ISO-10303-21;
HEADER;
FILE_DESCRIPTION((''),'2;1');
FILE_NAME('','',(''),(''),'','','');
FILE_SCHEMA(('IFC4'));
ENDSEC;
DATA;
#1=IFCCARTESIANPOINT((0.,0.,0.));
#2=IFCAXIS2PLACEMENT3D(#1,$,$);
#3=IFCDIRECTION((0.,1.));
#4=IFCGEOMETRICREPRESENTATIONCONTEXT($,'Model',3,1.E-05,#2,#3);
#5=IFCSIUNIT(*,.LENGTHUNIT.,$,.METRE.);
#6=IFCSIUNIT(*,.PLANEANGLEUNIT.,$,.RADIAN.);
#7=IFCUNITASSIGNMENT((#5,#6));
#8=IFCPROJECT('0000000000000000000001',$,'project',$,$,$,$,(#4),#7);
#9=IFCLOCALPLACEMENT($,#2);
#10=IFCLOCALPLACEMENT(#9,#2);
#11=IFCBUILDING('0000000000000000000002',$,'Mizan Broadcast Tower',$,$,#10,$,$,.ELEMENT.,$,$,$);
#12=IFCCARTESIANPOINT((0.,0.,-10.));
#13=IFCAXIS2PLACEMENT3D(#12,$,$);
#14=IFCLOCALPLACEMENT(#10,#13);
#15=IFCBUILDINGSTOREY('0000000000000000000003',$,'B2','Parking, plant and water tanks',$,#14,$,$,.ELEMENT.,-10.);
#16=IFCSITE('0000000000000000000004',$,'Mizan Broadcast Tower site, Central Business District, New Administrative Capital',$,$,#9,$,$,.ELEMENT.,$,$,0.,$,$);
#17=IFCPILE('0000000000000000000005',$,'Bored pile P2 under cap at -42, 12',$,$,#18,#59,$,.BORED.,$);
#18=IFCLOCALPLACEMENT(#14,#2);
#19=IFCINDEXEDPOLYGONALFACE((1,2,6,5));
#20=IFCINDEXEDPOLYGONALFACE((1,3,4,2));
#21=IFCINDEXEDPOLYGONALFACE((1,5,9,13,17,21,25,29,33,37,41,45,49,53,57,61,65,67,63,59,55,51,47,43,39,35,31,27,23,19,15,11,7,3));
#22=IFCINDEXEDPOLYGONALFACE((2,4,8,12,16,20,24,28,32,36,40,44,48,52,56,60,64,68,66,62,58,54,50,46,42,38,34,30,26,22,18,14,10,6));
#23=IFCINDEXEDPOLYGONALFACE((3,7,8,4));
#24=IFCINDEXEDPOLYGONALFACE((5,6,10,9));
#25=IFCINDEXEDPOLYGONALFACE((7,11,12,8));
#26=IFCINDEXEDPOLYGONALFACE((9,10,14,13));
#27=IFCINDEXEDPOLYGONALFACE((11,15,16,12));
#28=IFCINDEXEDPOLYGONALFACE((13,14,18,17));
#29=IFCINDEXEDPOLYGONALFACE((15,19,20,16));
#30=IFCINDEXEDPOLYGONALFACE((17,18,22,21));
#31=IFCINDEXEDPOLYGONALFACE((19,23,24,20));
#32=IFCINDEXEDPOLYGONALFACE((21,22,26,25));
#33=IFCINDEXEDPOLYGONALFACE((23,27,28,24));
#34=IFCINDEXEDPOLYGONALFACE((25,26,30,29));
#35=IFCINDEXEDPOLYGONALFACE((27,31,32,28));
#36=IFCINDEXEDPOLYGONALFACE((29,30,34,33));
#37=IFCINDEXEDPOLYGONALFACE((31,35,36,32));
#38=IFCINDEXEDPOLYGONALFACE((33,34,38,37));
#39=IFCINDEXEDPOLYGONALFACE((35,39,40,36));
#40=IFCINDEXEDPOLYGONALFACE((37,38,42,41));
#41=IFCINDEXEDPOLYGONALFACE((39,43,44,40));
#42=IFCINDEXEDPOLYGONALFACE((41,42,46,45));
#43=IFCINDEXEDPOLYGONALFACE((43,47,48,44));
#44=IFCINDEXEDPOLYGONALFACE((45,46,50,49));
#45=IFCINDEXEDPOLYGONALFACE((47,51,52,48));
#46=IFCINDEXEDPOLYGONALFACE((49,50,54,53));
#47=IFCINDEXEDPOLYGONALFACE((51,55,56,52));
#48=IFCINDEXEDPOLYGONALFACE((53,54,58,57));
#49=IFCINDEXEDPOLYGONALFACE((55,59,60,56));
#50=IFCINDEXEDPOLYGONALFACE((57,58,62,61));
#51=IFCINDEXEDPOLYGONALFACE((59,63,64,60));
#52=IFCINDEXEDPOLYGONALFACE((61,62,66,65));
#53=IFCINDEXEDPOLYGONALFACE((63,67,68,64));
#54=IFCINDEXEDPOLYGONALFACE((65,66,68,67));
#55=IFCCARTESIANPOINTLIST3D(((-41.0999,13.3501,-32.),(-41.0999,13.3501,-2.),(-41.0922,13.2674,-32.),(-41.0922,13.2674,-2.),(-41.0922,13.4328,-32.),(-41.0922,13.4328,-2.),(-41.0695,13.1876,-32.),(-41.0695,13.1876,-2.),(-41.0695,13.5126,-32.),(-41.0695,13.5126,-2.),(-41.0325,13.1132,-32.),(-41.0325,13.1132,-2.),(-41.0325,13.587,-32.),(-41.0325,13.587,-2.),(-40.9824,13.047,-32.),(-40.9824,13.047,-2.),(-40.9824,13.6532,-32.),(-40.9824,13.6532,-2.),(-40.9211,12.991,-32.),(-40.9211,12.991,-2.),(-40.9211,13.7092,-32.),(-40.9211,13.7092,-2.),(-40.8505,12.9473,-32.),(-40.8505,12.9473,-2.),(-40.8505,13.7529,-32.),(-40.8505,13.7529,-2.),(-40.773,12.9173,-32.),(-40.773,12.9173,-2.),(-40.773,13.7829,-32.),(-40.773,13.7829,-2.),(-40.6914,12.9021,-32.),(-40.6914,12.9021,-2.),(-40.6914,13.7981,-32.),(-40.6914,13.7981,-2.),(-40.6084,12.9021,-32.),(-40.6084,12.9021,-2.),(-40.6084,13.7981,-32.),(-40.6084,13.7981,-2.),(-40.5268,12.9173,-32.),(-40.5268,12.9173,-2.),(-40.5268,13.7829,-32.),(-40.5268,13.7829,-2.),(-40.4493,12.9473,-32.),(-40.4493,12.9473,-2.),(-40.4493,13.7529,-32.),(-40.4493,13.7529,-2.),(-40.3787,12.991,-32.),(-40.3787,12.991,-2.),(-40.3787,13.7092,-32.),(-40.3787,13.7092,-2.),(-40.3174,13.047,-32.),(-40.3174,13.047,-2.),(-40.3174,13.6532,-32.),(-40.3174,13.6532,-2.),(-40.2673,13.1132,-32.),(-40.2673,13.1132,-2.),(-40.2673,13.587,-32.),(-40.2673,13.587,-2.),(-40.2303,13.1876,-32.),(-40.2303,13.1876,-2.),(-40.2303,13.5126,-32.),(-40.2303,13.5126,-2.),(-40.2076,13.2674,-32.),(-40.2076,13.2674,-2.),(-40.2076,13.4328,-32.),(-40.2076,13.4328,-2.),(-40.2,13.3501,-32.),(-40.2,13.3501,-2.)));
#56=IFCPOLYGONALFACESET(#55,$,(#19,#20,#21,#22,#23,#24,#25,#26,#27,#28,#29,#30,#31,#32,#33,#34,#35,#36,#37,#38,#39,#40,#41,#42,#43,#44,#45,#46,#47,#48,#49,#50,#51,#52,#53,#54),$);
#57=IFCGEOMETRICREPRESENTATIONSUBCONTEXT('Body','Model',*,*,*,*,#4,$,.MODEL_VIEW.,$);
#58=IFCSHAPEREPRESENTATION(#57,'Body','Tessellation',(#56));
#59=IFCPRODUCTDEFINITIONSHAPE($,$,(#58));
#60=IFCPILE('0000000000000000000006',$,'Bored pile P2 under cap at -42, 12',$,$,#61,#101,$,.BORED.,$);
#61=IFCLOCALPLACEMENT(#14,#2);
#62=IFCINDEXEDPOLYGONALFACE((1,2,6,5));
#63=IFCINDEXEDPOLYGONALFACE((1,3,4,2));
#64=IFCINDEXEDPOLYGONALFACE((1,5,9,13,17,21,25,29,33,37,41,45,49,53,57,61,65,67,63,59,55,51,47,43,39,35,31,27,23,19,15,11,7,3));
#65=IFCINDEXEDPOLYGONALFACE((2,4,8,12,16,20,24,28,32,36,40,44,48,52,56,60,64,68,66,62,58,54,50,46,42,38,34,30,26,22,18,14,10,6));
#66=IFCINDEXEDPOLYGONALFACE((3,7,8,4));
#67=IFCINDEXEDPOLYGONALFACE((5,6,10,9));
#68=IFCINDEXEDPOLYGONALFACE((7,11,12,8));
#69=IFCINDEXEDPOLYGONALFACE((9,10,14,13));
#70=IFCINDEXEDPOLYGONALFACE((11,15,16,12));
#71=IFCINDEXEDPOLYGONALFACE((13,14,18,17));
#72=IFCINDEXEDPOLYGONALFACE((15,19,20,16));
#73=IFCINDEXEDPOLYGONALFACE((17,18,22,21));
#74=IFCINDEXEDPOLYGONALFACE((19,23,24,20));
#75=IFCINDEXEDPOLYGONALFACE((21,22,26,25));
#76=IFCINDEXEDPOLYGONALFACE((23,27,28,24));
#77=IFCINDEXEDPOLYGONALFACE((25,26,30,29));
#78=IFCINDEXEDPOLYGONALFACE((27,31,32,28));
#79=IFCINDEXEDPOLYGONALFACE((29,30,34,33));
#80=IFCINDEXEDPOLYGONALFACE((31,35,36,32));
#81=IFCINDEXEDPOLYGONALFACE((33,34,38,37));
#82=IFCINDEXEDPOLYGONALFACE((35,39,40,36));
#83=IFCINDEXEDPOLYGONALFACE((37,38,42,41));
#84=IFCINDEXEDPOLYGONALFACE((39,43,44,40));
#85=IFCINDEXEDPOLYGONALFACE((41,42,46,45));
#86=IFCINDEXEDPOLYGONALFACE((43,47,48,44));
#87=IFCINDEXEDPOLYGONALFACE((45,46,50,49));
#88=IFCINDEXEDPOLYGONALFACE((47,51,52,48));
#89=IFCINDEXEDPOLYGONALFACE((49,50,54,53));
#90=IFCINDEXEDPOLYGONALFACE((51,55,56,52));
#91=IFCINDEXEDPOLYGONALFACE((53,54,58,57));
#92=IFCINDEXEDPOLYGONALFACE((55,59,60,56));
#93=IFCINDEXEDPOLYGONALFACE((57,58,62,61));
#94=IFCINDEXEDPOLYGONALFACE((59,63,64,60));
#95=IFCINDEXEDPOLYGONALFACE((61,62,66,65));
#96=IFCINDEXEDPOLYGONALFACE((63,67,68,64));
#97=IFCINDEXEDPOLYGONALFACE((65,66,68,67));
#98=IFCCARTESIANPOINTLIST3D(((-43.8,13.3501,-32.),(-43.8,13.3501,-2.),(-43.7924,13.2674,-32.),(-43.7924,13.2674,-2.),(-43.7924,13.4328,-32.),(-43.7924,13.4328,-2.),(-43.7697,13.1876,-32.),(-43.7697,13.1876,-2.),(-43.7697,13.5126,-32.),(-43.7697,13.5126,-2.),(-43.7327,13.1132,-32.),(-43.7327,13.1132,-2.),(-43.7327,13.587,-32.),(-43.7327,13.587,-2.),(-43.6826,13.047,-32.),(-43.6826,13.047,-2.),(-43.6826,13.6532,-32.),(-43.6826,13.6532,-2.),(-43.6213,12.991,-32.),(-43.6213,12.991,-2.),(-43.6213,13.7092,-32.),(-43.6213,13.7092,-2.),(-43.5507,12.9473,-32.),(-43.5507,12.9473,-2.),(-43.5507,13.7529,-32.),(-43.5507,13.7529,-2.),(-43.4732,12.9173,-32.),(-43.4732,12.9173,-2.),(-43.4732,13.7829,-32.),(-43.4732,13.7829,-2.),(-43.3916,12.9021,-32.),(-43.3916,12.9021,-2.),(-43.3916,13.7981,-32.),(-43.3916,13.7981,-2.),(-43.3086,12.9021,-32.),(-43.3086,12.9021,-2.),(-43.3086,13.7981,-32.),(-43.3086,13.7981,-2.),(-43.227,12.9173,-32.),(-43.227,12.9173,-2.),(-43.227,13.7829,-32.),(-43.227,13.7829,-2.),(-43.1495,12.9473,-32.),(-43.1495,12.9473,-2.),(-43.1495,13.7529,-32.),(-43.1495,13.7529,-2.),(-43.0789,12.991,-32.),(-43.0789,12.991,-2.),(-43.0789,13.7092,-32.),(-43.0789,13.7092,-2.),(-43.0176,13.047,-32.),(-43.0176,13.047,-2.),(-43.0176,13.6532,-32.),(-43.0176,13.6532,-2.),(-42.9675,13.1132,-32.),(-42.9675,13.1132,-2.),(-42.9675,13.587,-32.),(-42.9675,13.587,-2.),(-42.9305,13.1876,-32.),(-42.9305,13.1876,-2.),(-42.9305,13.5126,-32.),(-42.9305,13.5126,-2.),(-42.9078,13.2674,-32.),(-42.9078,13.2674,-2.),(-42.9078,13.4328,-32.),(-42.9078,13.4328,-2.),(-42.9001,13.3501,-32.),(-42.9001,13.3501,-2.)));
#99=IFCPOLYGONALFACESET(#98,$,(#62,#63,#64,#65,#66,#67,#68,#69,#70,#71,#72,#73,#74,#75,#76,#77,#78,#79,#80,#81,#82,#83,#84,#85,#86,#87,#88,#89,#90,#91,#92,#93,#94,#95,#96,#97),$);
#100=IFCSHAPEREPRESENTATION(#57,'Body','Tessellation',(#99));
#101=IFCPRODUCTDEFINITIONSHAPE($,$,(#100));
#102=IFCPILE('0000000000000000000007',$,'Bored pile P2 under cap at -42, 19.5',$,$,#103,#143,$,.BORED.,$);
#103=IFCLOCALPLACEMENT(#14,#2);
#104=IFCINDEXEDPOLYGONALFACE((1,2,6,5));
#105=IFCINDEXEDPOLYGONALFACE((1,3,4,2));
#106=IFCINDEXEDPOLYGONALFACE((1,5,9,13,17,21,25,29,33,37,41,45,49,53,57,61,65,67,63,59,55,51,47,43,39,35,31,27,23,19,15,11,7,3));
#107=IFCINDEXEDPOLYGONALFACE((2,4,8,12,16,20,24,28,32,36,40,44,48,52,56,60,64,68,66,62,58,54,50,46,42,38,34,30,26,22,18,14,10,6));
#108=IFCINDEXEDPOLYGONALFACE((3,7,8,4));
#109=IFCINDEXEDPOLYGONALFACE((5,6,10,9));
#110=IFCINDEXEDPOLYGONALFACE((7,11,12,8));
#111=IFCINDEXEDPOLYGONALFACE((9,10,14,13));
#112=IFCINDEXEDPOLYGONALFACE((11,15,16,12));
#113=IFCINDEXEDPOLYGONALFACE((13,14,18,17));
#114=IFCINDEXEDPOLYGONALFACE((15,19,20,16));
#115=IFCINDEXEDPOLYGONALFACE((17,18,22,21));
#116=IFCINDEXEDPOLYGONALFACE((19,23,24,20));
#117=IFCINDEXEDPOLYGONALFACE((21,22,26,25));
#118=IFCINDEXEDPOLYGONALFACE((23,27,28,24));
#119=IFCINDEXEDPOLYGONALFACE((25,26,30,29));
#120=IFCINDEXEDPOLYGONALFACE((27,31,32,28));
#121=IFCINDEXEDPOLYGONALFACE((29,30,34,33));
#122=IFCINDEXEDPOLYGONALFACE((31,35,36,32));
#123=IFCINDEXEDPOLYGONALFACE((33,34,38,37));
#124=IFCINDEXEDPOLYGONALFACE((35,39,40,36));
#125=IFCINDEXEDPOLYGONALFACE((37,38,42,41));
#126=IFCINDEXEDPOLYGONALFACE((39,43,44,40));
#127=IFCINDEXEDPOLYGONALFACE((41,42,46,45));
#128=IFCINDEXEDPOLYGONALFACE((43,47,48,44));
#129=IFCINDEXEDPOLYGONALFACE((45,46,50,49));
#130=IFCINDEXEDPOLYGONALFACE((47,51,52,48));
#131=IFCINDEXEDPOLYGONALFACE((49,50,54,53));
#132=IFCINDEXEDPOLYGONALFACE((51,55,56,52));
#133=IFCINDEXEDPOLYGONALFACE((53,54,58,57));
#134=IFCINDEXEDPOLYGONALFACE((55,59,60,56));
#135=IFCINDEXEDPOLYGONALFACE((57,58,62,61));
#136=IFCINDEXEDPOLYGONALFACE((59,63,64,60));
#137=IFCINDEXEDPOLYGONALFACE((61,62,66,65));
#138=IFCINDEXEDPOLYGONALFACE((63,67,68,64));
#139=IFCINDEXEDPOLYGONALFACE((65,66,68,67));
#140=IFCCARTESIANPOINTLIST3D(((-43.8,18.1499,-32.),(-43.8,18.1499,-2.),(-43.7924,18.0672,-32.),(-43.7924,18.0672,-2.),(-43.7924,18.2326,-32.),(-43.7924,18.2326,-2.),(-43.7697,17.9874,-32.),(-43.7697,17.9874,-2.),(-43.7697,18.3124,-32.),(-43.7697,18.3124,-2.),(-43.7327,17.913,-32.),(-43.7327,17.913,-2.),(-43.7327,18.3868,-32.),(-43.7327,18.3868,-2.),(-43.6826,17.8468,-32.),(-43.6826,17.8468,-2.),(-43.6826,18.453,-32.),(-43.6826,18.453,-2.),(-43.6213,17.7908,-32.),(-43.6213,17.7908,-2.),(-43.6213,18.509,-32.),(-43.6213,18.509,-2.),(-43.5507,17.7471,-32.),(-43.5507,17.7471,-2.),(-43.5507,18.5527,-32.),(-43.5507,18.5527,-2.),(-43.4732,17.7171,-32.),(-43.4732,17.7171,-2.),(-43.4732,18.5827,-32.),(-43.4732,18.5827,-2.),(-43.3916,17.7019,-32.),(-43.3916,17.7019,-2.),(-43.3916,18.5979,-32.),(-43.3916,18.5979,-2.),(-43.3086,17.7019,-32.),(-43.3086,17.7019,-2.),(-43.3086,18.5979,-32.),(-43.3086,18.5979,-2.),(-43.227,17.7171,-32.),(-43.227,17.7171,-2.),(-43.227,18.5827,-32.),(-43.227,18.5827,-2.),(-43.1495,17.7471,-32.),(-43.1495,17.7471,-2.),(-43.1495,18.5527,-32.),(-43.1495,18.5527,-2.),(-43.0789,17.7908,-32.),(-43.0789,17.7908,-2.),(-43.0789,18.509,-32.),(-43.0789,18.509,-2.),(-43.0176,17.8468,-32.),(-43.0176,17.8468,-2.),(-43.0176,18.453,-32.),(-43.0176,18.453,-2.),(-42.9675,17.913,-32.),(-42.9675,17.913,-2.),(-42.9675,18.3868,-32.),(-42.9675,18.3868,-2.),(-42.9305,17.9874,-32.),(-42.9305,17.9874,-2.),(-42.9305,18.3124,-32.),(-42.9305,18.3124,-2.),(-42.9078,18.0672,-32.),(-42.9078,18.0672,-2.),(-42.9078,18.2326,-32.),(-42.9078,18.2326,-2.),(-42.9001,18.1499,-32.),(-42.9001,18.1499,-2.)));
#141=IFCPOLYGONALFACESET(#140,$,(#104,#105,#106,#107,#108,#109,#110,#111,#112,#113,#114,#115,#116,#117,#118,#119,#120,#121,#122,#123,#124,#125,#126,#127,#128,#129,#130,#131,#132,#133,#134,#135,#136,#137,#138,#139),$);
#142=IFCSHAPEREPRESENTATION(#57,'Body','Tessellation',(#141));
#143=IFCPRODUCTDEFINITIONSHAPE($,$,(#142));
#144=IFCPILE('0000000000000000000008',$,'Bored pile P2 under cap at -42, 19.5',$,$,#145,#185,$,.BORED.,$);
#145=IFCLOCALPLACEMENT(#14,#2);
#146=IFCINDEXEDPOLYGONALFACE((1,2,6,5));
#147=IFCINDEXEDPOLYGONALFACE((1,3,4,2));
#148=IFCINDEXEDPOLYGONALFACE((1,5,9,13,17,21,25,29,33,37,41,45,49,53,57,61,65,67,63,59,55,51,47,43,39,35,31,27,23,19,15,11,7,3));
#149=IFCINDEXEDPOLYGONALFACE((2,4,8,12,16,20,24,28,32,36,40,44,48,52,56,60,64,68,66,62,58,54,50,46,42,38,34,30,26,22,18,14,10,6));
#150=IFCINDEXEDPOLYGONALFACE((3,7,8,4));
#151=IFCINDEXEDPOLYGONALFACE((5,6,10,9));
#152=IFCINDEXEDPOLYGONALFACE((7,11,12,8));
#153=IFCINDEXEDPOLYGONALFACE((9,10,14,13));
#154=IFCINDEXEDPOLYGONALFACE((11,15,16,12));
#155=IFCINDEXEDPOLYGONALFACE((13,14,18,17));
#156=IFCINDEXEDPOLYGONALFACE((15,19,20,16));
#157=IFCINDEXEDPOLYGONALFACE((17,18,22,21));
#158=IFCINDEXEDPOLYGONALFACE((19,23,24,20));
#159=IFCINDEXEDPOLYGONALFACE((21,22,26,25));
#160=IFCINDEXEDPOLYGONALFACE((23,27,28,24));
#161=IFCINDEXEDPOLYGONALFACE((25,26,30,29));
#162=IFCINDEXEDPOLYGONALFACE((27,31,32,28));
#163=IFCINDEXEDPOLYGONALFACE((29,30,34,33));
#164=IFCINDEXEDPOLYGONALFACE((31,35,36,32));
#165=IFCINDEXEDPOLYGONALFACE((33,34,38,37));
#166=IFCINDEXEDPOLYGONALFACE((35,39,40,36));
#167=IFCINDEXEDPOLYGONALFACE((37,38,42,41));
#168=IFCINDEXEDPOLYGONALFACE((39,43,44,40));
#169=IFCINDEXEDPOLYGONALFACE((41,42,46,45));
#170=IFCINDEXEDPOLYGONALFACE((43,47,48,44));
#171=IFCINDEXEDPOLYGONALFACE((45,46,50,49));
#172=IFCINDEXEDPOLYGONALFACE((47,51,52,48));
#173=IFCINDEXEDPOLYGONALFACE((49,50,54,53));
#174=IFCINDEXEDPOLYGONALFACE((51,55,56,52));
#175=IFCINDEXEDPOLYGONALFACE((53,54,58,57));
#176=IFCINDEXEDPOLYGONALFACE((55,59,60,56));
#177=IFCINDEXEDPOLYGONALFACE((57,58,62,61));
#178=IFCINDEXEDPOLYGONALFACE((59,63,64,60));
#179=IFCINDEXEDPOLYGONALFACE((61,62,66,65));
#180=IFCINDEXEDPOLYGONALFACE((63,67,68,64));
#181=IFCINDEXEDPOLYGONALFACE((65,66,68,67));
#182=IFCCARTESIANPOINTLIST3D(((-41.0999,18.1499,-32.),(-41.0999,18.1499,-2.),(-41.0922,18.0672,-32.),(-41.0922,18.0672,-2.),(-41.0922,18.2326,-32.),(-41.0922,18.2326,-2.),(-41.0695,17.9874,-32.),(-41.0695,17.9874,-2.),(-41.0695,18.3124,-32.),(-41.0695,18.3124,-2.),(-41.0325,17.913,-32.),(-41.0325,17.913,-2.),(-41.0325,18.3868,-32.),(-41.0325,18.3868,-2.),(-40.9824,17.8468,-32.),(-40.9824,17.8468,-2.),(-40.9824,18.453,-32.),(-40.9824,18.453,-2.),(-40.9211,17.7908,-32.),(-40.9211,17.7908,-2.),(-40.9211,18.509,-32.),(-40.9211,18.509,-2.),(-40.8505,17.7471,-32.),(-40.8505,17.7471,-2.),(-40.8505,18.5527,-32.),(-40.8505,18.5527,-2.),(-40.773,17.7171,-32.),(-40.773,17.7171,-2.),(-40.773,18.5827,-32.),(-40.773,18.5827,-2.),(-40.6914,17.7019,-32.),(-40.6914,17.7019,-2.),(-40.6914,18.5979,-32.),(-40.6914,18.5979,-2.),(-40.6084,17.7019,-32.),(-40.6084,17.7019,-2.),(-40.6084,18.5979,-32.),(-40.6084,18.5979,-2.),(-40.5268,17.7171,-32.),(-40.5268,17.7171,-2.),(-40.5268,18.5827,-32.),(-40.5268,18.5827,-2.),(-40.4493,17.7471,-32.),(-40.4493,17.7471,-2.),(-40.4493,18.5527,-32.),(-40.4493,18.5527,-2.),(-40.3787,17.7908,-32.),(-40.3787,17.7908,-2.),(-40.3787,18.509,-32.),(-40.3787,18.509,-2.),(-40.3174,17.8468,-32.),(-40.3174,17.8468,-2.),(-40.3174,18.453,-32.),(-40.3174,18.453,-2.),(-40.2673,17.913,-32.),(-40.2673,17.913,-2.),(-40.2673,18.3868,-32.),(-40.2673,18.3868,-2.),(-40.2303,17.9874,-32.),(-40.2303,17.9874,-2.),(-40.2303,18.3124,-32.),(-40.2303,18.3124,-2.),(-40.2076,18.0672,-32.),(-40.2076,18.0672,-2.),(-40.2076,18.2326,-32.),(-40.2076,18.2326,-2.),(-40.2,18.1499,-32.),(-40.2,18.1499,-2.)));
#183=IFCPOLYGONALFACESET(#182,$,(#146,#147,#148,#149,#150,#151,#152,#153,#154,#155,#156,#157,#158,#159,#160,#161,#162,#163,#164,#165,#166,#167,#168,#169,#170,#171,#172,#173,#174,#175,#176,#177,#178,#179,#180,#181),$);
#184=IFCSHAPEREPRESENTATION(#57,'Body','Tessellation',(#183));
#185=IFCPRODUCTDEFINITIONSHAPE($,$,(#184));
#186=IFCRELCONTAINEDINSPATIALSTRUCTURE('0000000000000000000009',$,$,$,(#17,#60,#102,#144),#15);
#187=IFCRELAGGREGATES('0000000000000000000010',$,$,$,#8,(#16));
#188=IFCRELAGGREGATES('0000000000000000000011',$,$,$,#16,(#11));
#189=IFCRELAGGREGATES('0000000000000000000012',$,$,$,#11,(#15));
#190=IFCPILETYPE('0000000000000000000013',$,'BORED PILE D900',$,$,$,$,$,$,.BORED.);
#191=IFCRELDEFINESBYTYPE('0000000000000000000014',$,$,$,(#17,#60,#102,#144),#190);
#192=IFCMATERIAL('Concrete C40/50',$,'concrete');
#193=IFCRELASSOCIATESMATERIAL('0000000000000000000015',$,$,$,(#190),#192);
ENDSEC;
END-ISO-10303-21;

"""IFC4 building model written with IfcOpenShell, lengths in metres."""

from ifc_helpers import new_model, si_unit, direction, frame, origin, origin_2d, place, context, subcontext, project, spatial, circle, extrude, material, material_profile, profile_set, type_object, element, save


model = new_model("IFC4")

# Units and contexts
model_context = context("Model", 3, precision=1e-05, world=origin(), true_north=direction((0.0, 1.0)))
body_context = subcontext(model_context, "Body", "Model", "MODEL_VIEW")
ifc_project = project(units=[si_unit("LENGTHUNIT", "METRE"), si_unit("PLANEANGLEUNIT", "RADIAN")], contexts=[model_context])

# Site, building, storey
site_placement = place(None, origin())
site = spatial("IfcSite", under=ifc_project, at=site_placement, Name="Mizan Broadcast Tower site, Central Business District, New Administrative Capital", CompositionType="ELEMENT", RefElevation=0.0)
building_placement = place(site_placement, origin())
building = spatial("IfcBuilding", under=site, at=building_placement, Name="Mizan Broadcast Tower", CompositionType="ELEMENT")
storey_placement = place(building_placement, frame((0.0, 0.0, -10.0)))
storey = spatial("IfcBuildingStorey", under=building, at=storey_placement, Name="B2", Description="Parking, plant and water tanks", CompositionType="ELEMENT", Elevation=-10.0)

# Piles
ifc_material_1 = material(Name="Concrete C40/50", Category="concrete")
ifc_material_profile_1 = material_profile(ifc_material_1, circle(Radius=0.45, at=origin_2d()), Name="D900")
ifc_profile_set_1 = profile_set([ifc_material_profile_1], Name="Concrete C40/50")
pile_type_1 = type_object("IfcPileType", Name="BORED PILE D900", PredefinedType="BORED", material=ifc_profile_set_1)
for number, where, z_axis, x_axis, name in (
    (1, (-40.6499, 13.3501, -2.0), (0.0, 0.0, -1.0), (1.0, 0.0, 0.0), "Bored pile P2 under cap at -42, 12"),
    (2, (-43.3501, 13.3501, -2.0), (0.0, 0.0, -1.0), (1.0, 0.0, 0.0), "Bored pile P2 under cap at -42, 12"),
    (3, (-43.3501, 18.1499, -2.0), (0.0, 0.0, -1.0), (1.0, 0.0, 0.0), "Bored pile P2 under cap at -42, 19.5"),
    (4, (-40.6499, 18.1499, -2.0), (0.0, 0.0, -1.0), (1.0, 0.0, 0.0), "Bored pile P2 under cap at -42, 19.5"),
):
    element("IfcPile", number, at=place(storey_placement, frame(where, z_axis=z_axis, x_axis=x_axis)), inside=storey, type_object=pile_type_1, Name=name, PredefinedType="BORED", context=body_context, shape_type="SweptSolid", body=[
        extrude(circle(Radius=0.45, at=origin_2d()), origin(), (0.0, 0.0, 1.0), 30.0),
    ])

save(model, "model.ifc")
